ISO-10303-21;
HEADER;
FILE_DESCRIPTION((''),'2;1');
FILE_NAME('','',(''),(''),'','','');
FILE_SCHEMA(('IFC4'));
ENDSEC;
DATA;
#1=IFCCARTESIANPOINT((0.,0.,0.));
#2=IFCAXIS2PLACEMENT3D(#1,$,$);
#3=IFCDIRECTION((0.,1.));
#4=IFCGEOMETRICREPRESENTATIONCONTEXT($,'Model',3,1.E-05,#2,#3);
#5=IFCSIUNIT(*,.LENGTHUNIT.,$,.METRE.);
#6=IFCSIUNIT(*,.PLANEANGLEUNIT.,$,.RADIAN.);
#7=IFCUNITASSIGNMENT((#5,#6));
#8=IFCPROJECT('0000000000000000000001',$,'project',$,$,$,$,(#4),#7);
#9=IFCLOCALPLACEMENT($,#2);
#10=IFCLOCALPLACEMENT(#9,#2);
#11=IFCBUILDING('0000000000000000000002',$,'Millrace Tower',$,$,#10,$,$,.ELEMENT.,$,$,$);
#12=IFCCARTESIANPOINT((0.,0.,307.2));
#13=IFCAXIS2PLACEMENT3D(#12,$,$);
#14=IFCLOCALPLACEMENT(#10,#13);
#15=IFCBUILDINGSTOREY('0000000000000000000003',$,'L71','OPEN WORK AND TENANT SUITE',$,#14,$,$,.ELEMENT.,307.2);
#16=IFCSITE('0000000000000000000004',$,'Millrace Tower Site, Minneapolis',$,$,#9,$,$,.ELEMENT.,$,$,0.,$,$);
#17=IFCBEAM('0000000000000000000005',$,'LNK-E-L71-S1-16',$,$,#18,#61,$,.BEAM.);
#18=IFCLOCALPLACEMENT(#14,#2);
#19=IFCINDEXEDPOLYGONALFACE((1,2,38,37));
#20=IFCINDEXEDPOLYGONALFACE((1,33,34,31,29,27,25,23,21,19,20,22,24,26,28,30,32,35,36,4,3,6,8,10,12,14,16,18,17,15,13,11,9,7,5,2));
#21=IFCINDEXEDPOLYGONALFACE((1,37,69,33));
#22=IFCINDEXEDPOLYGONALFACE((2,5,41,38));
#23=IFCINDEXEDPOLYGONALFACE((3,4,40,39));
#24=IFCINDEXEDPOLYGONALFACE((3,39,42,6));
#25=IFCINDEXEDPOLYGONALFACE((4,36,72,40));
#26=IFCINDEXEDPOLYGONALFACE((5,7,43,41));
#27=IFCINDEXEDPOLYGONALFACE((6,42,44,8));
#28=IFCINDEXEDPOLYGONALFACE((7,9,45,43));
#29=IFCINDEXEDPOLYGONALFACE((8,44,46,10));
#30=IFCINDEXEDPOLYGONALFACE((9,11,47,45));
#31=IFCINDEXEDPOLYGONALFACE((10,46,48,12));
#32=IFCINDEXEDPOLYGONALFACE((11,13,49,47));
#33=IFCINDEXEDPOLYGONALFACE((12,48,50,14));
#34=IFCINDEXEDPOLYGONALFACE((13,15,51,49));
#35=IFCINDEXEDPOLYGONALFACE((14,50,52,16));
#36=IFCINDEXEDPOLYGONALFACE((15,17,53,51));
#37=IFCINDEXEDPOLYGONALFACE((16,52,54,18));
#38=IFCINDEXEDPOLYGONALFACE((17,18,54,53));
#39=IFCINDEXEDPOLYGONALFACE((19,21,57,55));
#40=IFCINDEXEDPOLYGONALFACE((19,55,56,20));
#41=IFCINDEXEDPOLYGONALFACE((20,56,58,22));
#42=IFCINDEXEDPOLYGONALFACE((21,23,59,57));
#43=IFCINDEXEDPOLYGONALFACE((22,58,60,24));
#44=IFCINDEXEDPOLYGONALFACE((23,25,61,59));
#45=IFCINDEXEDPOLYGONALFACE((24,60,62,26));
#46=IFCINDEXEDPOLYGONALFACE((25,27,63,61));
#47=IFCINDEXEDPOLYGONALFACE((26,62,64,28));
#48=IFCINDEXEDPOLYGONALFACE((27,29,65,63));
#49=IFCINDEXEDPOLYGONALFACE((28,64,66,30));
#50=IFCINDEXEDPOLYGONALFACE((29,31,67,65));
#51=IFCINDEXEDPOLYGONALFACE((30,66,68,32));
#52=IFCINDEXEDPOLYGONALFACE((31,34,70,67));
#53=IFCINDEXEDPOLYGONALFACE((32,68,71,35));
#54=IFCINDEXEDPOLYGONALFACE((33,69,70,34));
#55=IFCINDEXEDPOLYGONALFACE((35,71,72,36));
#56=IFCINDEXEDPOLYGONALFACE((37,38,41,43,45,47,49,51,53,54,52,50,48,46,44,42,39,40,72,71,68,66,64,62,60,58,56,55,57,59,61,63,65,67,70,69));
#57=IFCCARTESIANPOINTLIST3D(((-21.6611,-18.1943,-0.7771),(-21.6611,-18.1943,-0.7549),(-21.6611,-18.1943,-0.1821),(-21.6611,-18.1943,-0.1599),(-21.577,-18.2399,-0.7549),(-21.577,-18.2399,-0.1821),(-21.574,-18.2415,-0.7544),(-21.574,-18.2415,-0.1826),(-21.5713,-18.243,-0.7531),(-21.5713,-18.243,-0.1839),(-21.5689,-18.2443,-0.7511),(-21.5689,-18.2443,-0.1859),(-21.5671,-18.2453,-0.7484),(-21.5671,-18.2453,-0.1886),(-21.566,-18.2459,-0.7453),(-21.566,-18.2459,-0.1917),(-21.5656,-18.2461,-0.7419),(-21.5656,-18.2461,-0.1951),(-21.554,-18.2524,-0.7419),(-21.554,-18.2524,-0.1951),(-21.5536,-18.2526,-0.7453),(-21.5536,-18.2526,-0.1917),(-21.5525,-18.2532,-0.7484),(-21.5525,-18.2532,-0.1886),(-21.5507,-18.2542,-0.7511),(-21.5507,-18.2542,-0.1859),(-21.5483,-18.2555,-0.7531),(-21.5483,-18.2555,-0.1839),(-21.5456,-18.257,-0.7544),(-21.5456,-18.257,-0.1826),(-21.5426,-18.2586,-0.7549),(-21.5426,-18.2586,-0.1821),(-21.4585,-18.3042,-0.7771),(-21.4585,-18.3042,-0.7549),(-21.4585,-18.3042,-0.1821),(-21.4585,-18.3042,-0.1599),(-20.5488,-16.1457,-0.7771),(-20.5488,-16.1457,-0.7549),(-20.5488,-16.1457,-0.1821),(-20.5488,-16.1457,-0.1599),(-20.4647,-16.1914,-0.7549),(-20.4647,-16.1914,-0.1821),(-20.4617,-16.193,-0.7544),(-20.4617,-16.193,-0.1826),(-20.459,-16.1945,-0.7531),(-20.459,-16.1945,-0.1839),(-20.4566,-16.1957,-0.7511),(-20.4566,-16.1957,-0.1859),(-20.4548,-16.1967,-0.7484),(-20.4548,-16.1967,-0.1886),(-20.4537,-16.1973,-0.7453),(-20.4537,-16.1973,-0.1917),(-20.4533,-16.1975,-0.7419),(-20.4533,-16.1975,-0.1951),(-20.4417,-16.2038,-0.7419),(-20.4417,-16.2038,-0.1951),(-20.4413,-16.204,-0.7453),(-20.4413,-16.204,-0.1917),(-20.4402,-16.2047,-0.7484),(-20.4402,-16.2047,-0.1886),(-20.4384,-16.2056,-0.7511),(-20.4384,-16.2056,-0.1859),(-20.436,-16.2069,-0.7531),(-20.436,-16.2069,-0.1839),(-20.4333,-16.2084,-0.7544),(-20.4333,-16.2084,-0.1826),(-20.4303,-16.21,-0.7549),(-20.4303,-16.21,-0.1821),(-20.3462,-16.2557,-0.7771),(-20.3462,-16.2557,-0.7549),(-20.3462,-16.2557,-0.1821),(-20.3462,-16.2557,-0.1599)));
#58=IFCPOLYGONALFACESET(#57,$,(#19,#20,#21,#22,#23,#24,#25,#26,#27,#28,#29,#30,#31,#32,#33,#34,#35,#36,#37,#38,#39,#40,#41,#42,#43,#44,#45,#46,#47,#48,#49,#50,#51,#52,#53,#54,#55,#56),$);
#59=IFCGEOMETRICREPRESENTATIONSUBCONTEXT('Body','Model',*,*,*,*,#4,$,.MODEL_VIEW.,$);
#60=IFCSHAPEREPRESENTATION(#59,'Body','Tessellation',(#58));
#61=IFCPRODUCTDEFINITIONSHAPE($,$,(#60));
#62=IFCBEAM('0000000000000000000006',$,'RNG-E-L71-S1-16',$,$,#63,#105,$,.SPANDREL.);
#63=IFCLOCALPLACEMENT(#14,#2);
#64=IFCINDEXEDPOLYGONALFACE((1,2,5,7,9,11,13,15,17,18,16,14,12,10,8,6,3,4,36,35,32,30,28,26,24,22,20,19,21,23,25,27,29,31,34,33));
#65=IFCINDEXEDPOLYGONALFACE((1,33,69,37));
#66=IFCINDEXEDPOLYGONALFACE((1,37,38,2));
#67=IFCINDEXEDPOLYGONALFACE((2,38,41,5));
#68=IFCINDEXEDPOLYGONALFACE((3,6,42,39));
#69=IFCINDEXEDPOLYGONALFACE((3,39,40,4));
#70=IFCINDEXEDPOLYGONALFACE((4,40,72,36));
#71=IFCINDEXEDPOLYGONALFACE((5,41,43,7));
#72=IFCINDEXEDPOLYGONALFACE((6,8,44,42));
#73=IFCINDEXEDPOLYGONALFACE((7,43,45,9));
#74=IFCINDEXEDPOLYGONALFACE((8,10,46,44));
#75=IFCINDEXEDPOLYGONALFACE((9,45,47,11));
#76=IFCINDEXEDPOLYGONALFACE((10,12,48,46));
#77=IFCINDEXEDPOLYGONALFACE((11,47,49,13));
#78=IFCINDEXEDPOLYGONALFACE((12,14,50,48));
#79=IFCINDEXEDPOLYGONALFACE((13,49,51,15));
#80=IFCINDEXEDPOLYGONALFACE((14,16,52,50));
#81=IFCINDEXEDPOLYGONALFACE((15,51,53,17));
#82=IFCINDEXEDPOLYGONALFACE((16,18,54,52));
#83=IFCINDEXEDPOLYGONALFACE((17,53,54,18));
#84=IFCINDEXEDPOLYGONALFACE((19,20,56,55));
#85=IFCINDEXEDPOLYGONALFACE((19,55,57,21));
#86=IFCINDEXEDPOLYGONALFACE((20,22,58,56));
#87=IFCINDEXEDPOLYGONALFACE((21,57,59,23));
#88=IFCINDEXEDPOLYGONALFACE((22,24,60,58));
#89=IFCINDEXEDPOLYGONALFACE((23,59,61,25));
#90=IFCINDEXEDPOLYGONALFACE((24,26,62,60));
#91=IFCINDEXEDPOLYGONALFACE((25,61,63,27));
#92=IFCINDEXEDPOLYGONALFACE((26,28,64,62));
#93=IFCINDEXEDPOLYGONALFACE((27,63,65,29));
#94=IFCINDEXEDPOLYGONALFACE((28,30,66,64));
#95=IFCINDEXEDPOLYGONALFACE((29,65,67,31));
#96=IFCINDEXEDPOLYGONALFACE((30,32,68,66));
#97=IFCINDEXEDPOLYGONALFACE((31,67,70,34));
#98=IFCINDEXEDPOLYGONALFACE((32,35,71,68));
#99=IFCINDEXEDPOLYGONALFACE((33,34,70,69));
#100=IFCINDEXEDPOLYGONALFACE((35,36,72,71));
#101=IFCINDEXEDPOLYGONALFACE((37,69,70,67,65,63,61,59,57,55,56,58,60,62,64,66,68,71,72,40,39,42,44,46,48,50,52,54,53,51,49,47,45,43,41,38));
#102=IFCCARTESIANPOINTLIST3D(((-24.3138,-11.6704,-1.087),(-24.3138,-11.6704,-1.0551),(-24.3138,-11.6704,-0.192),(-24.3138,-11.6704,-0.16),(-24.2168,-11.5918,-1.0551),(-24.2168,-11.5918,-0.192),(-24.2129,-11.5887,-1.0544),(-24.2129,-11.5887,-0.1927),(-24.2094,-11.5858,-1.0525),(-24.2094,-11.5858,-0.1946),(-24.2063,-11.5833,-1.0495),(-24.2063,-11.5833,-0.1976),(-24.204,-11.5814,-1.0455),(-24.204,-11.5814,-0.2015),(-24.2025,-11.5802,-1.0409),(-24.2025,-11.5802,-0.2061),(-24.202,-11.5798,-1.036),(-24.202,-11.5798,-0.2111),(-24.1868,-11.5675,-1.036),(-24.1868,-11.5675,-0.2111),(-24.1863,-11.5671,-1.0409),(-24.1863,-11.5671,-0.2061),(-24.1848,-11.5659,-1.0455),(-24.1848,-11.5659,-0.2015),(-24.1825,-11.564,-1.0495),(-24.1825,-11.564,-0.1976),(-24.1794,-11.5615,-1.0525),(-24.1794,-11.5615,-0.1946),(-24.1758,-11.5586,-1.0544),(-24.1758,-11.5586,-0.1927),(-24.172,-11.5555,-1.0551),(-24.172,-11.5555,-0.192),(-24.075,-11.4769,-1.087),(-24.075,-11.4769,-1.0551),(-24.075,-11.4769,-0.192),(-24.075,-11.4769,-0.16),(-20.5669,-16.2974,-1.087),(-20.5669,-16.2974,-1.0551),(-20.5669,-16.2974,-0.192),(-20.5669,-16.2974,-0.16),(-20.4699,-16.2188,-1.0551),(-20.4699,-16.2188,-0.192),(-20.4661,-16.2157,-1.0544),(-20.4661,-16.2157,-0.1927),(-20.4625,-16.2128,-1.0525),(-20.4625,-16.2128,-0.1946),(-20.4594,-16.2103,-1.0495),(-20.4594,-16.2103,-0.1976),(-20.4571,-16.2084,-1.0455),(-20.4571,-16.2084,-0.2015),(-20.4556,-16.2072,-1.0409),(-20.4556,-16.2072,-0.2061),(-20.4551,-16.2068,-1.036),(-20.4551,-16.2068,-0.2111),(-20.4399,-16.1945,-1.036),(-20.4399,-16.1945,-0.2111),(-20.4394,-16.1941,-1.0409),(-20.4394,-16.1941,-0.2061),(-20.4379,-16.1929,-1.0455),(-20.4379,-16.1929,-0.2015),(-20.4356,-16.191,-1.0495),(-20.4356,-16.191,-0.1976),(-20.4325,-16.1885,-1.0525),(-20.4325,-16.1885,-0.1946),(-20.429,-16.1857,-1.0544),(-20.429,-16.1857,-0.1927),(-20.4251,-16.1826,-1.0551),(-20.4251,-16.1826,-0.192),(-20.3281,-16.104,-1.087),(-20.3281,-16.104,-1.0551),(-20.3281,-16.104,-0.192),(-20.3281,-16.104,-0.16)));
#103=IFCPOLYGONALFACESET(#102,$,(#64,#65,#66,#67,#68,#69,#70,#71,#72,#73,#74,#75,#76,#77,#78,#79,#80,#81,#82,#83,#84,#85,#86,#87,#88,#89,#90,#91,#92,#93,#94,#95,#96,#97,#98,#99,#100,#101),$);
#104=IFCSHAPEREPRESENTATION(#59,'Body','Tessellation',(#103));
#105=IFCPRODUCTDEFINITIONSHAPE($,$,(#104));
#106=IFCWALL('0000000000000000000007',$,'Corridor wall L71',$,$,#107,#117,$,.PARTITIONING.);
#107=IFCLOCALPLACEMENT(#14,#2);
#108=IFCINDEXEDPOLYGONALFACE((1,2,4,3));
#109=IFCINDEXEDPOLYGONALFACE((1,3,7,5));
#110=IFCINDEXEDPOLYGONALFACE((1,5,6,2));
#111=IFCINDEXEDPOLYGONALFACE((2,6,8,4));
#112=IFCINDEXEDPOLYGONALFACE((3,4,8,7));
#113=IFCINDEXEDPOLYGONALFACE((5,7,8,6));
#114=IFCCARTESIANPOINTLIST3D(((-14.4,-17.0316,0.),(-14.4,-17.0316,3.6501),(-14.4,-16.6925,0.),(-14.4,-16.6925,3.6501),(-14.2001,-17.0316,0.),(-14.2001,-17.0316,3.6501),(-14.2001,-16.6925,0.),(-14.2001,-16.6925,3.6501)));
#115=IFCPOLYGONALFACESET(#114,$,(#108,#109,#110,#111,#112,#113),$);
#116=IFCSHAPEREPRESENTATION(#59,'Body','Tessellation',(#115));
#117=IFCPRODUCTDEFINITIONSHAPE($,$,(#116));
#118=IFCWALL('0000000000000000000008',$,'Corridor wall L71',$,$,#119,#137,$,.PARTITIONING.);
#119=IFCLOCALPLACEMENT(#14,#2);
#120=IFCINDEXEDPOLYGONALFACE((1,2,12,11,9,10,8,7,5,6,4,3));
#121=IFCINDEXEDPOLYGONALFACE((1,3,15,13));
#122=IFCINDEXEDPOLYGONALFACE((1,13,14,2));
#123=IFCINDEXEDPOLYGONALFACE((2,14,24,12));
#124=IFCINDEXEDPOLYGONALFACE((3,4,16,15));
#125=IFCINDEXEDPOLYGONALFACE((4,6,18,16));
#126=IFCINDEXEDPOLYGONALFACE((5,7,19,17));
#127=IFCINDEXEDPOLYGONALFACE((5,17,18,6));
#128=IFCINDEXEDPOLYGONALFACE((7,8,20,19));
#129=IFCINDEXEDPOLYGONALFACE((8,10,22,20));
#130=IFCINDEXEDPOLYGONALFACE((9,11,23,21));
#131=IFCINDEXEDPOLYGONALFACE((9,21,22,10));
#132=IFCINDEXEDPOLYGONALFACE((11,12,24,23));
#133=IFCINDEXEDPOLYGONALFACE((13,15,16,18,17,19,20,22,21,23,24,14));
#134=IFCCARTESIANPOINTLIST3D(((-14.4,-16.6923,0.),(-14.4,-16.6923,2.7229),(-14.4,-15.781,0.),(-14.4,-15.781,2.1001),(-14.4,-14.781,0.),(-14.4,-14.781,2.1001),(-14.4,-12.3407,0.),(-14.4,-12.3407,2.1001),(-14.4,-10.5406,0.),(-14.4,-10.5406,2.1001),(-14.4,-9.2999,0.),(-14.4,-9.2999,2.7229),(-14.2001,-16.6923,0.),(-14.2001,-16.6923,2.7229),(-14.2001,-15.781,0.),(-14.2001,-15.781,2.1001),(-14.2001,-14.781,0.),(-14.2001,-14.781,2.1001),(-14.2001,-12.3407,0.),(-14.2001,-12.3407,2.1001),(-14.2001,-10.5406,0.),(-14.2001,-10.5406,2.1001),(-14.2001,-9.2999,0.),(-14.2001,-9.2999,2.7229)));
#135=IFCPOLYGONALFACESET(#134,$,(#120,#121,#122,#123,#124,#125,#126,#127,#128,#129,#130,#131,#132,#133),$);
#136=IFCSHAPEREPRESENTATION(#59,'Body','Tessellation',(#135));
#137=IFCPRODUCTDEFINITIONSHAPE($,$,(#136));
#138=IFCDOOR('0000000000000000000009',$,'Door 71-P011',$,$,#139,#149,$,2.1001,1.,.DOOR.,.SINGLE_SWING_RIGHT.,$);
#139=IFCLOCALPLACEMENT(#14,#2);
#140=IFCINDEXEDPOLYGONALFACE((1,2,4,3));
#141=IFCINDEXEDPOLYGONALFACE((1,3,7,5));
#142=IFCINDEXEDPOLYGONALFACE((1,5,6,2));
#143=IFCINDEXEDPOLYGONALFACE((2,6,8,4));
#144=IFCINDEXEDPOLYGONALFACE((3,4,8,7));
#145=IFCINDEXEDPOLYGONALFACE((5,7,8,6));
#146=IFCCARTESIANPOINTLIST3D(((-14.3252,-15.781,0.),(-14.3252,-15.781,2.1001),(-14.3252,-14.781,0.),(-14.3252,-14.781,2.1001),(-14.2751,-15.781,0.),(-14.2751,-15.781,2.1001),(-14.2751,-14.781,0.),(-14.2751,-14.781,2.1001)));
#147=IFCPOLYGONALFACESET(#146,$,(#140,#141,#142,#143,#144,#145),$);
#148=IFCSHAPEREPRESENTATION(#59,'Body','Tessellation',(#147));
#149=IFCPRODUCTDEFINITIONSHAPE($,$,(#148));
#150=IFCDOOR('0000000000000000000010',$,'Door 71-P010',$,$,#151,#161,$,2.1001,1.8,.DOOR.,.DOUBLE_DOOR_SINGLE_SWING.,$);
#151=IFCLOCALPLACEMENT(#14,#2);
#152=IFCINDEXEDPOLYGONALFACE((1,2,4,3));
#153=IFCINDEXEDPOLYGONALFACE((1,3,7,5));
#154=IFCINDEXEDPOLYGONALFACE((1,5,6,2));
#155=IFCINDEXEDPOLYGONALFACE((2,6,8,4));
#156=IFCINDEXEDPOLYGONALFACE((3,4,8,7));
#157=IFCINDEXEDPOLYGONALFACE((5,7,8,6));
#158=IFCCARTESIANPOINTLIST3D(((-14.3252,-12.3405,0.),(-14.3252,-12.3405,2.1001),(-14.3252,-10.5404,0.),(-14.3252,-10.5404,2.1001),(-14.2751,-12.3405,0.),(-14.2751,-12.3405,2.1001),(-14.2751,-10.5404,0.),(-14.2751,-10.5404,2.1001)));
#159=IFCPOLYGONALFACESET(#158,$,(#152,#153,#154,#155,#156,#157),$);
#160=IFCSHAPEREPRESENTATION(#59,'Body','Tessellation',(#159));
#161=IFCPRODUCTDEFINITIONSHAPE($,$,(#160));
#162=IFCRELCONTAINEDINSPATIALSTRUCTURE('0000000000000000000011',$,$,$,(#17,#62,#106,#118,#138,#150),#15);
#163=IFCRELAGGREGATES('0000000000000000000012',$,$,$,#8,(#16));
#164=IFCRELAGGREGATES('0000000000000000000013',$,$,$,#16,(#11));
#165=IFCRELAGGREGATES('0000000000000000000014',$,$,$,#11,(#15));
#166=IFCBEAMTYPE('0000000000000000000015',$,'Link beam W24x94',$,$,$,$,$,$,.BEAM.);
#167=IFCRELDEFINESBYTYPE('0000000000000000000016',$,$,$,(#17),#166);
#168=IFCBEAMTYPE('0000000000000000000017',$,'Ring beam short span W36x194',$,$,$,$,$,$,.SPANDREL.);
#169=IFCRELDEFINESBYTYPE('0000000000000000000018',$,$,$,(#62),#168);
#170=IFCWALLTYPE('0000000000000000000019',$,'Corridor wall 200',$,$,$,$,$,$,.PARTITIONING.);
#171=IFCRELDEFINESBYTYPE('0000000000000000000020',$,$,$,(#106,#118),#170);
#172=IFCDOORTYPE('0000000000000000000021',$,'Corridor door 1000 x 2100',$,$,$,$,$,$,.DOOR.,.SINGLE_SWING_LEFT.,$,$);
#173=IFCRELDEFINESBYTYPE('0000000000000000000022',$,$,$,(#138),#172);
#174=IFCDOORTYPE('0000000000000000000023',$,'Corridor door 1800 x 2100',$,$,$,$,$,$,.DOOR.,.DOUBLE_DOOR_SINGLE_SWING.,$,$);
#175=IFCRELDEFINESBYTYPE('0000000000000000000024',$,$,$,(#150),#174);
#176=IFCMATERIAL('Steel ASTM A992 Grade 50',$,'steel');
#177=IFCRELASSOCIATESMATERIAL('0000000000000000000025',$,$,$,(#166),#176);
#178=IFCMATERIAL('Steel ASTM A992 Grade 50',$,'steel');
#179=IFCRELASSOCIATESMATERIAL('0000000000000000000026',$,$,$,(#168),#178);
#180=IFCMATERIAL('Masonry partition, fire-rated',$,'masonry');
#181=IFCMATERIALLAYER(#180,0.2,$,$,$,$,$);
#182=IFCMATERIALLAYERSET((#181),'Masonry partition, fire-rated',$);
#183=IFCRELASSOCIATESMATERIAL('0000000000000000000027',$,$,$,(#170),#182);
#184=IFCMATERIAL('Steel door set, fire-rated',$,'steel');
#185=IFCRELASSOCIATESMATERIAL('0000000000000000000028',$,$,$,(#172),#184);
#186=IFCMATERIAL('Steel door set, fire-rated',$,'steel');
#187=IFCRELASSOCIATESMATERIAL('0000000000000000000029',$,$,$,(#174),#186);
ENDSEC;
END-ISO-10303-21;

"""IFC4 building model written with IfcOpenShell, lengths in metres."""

from ifc_helpers import new_model, si_unit, direction, frame, frame_2d, origin, origin_2d, place, context, subcontext, project, spatial, rectangle, i_section, extrude, material, layer, layer_set, material_profile, profile_set, type_object, element, fill, save


model = new_model("IFC4")

# Units and contexts
model_context = context("Model", 3, precision=1e-05, world=origin(), true_north=direction((0.0, 1.0)))
body_context = subcontext(model_context, "Body", "Model", "MODEL_VIEW")
ifc_project = project(units=[si_unit("LENGTHUNIT", "METRE"), si_unit("PLANEANGLEUNIT", "RADIAN")], contexts=[model_context])

# Site, building, storey
site_placement = place(None, origin())
site = spatial("IfcSite", under=ifc_project, at=site_placement, Name="Millrace Tower Site, Minneapolis", CompositionType="ELEMENT", RefElevation=0.0)
building_placement = place(site_placement, origin())
building = spatial("IfcBuilding", under=site, at=building_placement, Name="Millrace Tower", CompositionType="ELEMENT")
storey_placement = place(building_placement, frame((0.0, 0.0, 307.2)))
storey = spatial("IfcBuildingStorey", under=building, at=storey_placement, Name="L71", Description="OPEN WORK AND TENANT SUITE", CompositionType="ELEMENT", Elevation=307.2)

# Beams
ifc_material_1 = material(Name="Steel ASTM A992 Grade 50", Category="steel")
ifc_material_profile_1 = material_profile(ifc_material_1, i_section(OverallWidth=0.2305, OverallDepth=0.6172, WebThickness=0.0132, FlangeThickness=0.0222, FilletRadius=0.0129, at=origin_2d()))
ifc_profile_set_1 = profile_set([ifc_material_profile_1], Name="Steel ASTM A992 Grade 50")
beam_type_1 = type_object("IfcBeamType", Name="Link beam W24x94", PredefinedType="BEAM", material=ifc_profile_set_1)
beam_1_placement = place(storey_placement, frame((-20.4475, -16.2007, -0.4685), z_axis=(-0.477164, -0.878815, 0.0), x_axis=(0.878815, -0.477164, 0.0)))
element("IfcBeam", 1, at=beam_1_placement, inside=storey, type_object=beam_type_1, Name="LNK-E-L71-S1-16", PredefinedType="BEAM", context=body_context, shape_type="SweptSolid", body=[
    extrude(i_section(OverallWidth=0.2305, OverallDepth=0.6172, WebThickness=0.0132, FlangeThickness=0.0222, FilletRadius=0.0129, at=origin_2d()), origin(), (0.0, 0.0, 1.0), 2.3311),
])
ifc_material_2 = material(Name="Steel ASTM A992 Grade 50", Category="steel")
ifc_material_profile_2 = material_profile(ifc_material_2, i_section(OverallWidth=0.3074, OverallDepth=0.927, WebThickness=0.0195, FlangeThickness=0.032, FilletRadius=0.019, at=origin_2d()))
ifc_profile_set_2 = profile_set([ifc_material_profile_2], Name="Steel ASTM A992 Grade 50")
beam_type_2 = type_object("IfcBeamType", Name="Ring beam short span W36x194", PredefinedType="SPANDREL", material=ifc_profile_set_2)
beam_2_placement = place(storey_placement, frame((-20.4475, -16.2007, -0.6235), z_axis=(-0.62932, 0.777147, 0.0), x_axis=(-0.777147, -0.62932, 0.0)))
element("IfcBeam", 2, at=beam_2_placement, inside=storey, type_object=beam_type_2, Name="RNG-E-L71-S1-16", PredefinedType="SPANDREL", context=body_context, shape_type="SweptSolid", body=[
    extrude(i_section(OverallWidth=0.3074, OverallDepth=0.927, WebThickness=0.0195, FlangeThickness=0.032, FilletRadius=0.019, at=origin_2d()), origin(), (0.0, 0.0, 1.0), 5.9539),
])

# Wall
ifc_material_3 = material(Name="Masonry partition, fire-rated", Category="masonry")
ifc_layer_1 = layer(ifc_material_3, 0.2)
ifc_layer_set_1 = layer_set([ifc_layer_1], Name="Masonry partition, fire-rated")
wall_type_1 = type_object("IfcWallType", Name="Corridor wall 200", PredefinedType="PARTITIONING", material=ifc_layer_set_1)
wall_1_placement = place(storey_placement, frame((-14.3, -17.0315, 0.0), z_axis=(0.0, 0.0, 1.0), x_axis=(0.0, 1.0, 0.0)))
element("IfcWall", 3, at=wall_1_placement, inside=storey, type_object=wall_type_1, Name="Corridor wall L71", PredefinedType="PARTITIONING", context=body_context, shape_type="SweptSolid", body=[
    extrude(rectangle(XDim=0.3391, YDim=0.2, at=frame_2d((0.1694, 0.0))), origin(), (0.0, 0.0, 1.0), 3.6501),
])

# Wall, openings, doors
wall_2_placement = place(storey_placement, frame((-14.3, -16.6924, 0.0), z_axis=(0.0, 0.0, 1.0), x_axis=(0.0, 1.0, 0.0)))
wall_2 = element("IfcWall", 4, at=wall_2_placement, inside=storey, type_object=wall_type_1, Name="Corridor wall L71", PredefinedType="PARTITIONING", context=body_context, shape_type="SweptSolid", body=[
    extrude(rectangle(XDim=7.3923, YDim=0.2, at=frame_2d((3.6963, 0.0))), origin(), (0.0, 0.0, 1.0), 2.7229),
])
opening_1_placement = place(wall_2_placement, frame((4.3518, 0.0, 0.0)))
opening_1 = element("IfcOpeningElement", 5, at=opening_1_placement, cuts=wall_2, PredefinedType="OPENING", context=body_context, shape_type="SweptSolid", body=[
    extrude(rectangle(XDim=1.8, YDim=2.1001, at=frame_2d((0.8999, 1.05))), frame((0.0, 0.1099, 0.0), z_axis=(0.0, -1.0, 0.0), x_axis=(1.0, 0.0, 0.0)), (0.0, 0.0, 1.0), 0.22),
])
opening_2_placement = place(wall_2_placement, frame((0.9114, 0.0, 0.0)))
opening_2 = element("IfcOpeningElement", 6, at=opening_2_placement, cuts=wall_2, PredefinedType="OPENING", context=body_context, shape_type="SweptSolid", body=[
    extrude(rectangle(XDim=1.0, YDim=2.1001, at=frame_2d((0.5, 1.05))), frame((0.0, 0.1099, 0.0), z_axis=(0.0, -1.0, 0.0), x_axis=(1.0, 0.0, 0.0)), (0.0, 0.0, 1.0), 0.22),
])
ifc_material_4 = material(Name="Steel door set, fire-rated", Category="steel")
door_type_1 = type_object("IfcDoorType", Name="Corridor door 1000 x 2100", OperationType="SINGLE_SWING_LEFT", PredefinedType="DOOR", material=ifc_material_4)
door_1_placement = place(opening_2_placement, frame((1.0, 0.0, 0.0), z_axis=(0.0, 0.0, 1.0), x_axis=(-1.0, 0.0, 0.0)))
door_1 = element("IfcDoor", 7, at=door_1_placement, inside=storey, type_object=door_type_1, Name="Door 71-P011", OperationType="SINGLE_SWING_RIGHT", OverallHeight=2.1001, OverallWidth=1.0, PredefinedType="DOOR", context=body_context, shape_type="SweptSolid", body=[
    extrude(rectangle(XDim=1.0, YDim=2.1001, at=frame_2d((0.5, 1.05))), frame((0.0, 0.0249, 0.0), z_axis=(0.0, -1.0, 0.0), x_axis=(1.0, 0.0, 0.0)), (0.0, 0.0, 1.0), 0.05),
])
fill(opening_2, door_1)
ifc_material_5 = material(Name="Steel door set, fire-rated", Category="steel")
door_type_2 = type_object("IfcDoorType", Name="Corridor door 1800 x 2100", OperationType="DOUBLE_DOOR_SINGLE_SWING", PredefinedType="DOOR", material=ifc_material_5)
door_2_placement = place(opening_1_placement, frame((1.8, 0.0, 0.0), z_axis=(0.0, 0.0, 1.0), x_axis=(-1.0, 0.0, 0.0)))
door_2 = element("IfcDoor", 8, at=door_2_placement, inside=storey, type_object=door_type_2, Name="Door 71-P010", OperationType="DOUBLE_DOOR_SINGLE_SWING", OverallHeight=2.1001, OverallWidth=1.8, PredefinedType="DOOR", context=body_context, shape_type="SweptSolid", body=[
    extrude(rectangle(XDim=1.8, YDim=2.1001, at=frame_2d((0.8999, 1.05))), frame((0.0, 0.0249, 0.0), z_axis=(0.0, -1.0, 0.0), x_axis=(1.0, 0.0, 0.0)), (0.0, 0.0, 1.0), 0.05),
])
fill(opening_1, door_2)

save(model, "model.ifc")
